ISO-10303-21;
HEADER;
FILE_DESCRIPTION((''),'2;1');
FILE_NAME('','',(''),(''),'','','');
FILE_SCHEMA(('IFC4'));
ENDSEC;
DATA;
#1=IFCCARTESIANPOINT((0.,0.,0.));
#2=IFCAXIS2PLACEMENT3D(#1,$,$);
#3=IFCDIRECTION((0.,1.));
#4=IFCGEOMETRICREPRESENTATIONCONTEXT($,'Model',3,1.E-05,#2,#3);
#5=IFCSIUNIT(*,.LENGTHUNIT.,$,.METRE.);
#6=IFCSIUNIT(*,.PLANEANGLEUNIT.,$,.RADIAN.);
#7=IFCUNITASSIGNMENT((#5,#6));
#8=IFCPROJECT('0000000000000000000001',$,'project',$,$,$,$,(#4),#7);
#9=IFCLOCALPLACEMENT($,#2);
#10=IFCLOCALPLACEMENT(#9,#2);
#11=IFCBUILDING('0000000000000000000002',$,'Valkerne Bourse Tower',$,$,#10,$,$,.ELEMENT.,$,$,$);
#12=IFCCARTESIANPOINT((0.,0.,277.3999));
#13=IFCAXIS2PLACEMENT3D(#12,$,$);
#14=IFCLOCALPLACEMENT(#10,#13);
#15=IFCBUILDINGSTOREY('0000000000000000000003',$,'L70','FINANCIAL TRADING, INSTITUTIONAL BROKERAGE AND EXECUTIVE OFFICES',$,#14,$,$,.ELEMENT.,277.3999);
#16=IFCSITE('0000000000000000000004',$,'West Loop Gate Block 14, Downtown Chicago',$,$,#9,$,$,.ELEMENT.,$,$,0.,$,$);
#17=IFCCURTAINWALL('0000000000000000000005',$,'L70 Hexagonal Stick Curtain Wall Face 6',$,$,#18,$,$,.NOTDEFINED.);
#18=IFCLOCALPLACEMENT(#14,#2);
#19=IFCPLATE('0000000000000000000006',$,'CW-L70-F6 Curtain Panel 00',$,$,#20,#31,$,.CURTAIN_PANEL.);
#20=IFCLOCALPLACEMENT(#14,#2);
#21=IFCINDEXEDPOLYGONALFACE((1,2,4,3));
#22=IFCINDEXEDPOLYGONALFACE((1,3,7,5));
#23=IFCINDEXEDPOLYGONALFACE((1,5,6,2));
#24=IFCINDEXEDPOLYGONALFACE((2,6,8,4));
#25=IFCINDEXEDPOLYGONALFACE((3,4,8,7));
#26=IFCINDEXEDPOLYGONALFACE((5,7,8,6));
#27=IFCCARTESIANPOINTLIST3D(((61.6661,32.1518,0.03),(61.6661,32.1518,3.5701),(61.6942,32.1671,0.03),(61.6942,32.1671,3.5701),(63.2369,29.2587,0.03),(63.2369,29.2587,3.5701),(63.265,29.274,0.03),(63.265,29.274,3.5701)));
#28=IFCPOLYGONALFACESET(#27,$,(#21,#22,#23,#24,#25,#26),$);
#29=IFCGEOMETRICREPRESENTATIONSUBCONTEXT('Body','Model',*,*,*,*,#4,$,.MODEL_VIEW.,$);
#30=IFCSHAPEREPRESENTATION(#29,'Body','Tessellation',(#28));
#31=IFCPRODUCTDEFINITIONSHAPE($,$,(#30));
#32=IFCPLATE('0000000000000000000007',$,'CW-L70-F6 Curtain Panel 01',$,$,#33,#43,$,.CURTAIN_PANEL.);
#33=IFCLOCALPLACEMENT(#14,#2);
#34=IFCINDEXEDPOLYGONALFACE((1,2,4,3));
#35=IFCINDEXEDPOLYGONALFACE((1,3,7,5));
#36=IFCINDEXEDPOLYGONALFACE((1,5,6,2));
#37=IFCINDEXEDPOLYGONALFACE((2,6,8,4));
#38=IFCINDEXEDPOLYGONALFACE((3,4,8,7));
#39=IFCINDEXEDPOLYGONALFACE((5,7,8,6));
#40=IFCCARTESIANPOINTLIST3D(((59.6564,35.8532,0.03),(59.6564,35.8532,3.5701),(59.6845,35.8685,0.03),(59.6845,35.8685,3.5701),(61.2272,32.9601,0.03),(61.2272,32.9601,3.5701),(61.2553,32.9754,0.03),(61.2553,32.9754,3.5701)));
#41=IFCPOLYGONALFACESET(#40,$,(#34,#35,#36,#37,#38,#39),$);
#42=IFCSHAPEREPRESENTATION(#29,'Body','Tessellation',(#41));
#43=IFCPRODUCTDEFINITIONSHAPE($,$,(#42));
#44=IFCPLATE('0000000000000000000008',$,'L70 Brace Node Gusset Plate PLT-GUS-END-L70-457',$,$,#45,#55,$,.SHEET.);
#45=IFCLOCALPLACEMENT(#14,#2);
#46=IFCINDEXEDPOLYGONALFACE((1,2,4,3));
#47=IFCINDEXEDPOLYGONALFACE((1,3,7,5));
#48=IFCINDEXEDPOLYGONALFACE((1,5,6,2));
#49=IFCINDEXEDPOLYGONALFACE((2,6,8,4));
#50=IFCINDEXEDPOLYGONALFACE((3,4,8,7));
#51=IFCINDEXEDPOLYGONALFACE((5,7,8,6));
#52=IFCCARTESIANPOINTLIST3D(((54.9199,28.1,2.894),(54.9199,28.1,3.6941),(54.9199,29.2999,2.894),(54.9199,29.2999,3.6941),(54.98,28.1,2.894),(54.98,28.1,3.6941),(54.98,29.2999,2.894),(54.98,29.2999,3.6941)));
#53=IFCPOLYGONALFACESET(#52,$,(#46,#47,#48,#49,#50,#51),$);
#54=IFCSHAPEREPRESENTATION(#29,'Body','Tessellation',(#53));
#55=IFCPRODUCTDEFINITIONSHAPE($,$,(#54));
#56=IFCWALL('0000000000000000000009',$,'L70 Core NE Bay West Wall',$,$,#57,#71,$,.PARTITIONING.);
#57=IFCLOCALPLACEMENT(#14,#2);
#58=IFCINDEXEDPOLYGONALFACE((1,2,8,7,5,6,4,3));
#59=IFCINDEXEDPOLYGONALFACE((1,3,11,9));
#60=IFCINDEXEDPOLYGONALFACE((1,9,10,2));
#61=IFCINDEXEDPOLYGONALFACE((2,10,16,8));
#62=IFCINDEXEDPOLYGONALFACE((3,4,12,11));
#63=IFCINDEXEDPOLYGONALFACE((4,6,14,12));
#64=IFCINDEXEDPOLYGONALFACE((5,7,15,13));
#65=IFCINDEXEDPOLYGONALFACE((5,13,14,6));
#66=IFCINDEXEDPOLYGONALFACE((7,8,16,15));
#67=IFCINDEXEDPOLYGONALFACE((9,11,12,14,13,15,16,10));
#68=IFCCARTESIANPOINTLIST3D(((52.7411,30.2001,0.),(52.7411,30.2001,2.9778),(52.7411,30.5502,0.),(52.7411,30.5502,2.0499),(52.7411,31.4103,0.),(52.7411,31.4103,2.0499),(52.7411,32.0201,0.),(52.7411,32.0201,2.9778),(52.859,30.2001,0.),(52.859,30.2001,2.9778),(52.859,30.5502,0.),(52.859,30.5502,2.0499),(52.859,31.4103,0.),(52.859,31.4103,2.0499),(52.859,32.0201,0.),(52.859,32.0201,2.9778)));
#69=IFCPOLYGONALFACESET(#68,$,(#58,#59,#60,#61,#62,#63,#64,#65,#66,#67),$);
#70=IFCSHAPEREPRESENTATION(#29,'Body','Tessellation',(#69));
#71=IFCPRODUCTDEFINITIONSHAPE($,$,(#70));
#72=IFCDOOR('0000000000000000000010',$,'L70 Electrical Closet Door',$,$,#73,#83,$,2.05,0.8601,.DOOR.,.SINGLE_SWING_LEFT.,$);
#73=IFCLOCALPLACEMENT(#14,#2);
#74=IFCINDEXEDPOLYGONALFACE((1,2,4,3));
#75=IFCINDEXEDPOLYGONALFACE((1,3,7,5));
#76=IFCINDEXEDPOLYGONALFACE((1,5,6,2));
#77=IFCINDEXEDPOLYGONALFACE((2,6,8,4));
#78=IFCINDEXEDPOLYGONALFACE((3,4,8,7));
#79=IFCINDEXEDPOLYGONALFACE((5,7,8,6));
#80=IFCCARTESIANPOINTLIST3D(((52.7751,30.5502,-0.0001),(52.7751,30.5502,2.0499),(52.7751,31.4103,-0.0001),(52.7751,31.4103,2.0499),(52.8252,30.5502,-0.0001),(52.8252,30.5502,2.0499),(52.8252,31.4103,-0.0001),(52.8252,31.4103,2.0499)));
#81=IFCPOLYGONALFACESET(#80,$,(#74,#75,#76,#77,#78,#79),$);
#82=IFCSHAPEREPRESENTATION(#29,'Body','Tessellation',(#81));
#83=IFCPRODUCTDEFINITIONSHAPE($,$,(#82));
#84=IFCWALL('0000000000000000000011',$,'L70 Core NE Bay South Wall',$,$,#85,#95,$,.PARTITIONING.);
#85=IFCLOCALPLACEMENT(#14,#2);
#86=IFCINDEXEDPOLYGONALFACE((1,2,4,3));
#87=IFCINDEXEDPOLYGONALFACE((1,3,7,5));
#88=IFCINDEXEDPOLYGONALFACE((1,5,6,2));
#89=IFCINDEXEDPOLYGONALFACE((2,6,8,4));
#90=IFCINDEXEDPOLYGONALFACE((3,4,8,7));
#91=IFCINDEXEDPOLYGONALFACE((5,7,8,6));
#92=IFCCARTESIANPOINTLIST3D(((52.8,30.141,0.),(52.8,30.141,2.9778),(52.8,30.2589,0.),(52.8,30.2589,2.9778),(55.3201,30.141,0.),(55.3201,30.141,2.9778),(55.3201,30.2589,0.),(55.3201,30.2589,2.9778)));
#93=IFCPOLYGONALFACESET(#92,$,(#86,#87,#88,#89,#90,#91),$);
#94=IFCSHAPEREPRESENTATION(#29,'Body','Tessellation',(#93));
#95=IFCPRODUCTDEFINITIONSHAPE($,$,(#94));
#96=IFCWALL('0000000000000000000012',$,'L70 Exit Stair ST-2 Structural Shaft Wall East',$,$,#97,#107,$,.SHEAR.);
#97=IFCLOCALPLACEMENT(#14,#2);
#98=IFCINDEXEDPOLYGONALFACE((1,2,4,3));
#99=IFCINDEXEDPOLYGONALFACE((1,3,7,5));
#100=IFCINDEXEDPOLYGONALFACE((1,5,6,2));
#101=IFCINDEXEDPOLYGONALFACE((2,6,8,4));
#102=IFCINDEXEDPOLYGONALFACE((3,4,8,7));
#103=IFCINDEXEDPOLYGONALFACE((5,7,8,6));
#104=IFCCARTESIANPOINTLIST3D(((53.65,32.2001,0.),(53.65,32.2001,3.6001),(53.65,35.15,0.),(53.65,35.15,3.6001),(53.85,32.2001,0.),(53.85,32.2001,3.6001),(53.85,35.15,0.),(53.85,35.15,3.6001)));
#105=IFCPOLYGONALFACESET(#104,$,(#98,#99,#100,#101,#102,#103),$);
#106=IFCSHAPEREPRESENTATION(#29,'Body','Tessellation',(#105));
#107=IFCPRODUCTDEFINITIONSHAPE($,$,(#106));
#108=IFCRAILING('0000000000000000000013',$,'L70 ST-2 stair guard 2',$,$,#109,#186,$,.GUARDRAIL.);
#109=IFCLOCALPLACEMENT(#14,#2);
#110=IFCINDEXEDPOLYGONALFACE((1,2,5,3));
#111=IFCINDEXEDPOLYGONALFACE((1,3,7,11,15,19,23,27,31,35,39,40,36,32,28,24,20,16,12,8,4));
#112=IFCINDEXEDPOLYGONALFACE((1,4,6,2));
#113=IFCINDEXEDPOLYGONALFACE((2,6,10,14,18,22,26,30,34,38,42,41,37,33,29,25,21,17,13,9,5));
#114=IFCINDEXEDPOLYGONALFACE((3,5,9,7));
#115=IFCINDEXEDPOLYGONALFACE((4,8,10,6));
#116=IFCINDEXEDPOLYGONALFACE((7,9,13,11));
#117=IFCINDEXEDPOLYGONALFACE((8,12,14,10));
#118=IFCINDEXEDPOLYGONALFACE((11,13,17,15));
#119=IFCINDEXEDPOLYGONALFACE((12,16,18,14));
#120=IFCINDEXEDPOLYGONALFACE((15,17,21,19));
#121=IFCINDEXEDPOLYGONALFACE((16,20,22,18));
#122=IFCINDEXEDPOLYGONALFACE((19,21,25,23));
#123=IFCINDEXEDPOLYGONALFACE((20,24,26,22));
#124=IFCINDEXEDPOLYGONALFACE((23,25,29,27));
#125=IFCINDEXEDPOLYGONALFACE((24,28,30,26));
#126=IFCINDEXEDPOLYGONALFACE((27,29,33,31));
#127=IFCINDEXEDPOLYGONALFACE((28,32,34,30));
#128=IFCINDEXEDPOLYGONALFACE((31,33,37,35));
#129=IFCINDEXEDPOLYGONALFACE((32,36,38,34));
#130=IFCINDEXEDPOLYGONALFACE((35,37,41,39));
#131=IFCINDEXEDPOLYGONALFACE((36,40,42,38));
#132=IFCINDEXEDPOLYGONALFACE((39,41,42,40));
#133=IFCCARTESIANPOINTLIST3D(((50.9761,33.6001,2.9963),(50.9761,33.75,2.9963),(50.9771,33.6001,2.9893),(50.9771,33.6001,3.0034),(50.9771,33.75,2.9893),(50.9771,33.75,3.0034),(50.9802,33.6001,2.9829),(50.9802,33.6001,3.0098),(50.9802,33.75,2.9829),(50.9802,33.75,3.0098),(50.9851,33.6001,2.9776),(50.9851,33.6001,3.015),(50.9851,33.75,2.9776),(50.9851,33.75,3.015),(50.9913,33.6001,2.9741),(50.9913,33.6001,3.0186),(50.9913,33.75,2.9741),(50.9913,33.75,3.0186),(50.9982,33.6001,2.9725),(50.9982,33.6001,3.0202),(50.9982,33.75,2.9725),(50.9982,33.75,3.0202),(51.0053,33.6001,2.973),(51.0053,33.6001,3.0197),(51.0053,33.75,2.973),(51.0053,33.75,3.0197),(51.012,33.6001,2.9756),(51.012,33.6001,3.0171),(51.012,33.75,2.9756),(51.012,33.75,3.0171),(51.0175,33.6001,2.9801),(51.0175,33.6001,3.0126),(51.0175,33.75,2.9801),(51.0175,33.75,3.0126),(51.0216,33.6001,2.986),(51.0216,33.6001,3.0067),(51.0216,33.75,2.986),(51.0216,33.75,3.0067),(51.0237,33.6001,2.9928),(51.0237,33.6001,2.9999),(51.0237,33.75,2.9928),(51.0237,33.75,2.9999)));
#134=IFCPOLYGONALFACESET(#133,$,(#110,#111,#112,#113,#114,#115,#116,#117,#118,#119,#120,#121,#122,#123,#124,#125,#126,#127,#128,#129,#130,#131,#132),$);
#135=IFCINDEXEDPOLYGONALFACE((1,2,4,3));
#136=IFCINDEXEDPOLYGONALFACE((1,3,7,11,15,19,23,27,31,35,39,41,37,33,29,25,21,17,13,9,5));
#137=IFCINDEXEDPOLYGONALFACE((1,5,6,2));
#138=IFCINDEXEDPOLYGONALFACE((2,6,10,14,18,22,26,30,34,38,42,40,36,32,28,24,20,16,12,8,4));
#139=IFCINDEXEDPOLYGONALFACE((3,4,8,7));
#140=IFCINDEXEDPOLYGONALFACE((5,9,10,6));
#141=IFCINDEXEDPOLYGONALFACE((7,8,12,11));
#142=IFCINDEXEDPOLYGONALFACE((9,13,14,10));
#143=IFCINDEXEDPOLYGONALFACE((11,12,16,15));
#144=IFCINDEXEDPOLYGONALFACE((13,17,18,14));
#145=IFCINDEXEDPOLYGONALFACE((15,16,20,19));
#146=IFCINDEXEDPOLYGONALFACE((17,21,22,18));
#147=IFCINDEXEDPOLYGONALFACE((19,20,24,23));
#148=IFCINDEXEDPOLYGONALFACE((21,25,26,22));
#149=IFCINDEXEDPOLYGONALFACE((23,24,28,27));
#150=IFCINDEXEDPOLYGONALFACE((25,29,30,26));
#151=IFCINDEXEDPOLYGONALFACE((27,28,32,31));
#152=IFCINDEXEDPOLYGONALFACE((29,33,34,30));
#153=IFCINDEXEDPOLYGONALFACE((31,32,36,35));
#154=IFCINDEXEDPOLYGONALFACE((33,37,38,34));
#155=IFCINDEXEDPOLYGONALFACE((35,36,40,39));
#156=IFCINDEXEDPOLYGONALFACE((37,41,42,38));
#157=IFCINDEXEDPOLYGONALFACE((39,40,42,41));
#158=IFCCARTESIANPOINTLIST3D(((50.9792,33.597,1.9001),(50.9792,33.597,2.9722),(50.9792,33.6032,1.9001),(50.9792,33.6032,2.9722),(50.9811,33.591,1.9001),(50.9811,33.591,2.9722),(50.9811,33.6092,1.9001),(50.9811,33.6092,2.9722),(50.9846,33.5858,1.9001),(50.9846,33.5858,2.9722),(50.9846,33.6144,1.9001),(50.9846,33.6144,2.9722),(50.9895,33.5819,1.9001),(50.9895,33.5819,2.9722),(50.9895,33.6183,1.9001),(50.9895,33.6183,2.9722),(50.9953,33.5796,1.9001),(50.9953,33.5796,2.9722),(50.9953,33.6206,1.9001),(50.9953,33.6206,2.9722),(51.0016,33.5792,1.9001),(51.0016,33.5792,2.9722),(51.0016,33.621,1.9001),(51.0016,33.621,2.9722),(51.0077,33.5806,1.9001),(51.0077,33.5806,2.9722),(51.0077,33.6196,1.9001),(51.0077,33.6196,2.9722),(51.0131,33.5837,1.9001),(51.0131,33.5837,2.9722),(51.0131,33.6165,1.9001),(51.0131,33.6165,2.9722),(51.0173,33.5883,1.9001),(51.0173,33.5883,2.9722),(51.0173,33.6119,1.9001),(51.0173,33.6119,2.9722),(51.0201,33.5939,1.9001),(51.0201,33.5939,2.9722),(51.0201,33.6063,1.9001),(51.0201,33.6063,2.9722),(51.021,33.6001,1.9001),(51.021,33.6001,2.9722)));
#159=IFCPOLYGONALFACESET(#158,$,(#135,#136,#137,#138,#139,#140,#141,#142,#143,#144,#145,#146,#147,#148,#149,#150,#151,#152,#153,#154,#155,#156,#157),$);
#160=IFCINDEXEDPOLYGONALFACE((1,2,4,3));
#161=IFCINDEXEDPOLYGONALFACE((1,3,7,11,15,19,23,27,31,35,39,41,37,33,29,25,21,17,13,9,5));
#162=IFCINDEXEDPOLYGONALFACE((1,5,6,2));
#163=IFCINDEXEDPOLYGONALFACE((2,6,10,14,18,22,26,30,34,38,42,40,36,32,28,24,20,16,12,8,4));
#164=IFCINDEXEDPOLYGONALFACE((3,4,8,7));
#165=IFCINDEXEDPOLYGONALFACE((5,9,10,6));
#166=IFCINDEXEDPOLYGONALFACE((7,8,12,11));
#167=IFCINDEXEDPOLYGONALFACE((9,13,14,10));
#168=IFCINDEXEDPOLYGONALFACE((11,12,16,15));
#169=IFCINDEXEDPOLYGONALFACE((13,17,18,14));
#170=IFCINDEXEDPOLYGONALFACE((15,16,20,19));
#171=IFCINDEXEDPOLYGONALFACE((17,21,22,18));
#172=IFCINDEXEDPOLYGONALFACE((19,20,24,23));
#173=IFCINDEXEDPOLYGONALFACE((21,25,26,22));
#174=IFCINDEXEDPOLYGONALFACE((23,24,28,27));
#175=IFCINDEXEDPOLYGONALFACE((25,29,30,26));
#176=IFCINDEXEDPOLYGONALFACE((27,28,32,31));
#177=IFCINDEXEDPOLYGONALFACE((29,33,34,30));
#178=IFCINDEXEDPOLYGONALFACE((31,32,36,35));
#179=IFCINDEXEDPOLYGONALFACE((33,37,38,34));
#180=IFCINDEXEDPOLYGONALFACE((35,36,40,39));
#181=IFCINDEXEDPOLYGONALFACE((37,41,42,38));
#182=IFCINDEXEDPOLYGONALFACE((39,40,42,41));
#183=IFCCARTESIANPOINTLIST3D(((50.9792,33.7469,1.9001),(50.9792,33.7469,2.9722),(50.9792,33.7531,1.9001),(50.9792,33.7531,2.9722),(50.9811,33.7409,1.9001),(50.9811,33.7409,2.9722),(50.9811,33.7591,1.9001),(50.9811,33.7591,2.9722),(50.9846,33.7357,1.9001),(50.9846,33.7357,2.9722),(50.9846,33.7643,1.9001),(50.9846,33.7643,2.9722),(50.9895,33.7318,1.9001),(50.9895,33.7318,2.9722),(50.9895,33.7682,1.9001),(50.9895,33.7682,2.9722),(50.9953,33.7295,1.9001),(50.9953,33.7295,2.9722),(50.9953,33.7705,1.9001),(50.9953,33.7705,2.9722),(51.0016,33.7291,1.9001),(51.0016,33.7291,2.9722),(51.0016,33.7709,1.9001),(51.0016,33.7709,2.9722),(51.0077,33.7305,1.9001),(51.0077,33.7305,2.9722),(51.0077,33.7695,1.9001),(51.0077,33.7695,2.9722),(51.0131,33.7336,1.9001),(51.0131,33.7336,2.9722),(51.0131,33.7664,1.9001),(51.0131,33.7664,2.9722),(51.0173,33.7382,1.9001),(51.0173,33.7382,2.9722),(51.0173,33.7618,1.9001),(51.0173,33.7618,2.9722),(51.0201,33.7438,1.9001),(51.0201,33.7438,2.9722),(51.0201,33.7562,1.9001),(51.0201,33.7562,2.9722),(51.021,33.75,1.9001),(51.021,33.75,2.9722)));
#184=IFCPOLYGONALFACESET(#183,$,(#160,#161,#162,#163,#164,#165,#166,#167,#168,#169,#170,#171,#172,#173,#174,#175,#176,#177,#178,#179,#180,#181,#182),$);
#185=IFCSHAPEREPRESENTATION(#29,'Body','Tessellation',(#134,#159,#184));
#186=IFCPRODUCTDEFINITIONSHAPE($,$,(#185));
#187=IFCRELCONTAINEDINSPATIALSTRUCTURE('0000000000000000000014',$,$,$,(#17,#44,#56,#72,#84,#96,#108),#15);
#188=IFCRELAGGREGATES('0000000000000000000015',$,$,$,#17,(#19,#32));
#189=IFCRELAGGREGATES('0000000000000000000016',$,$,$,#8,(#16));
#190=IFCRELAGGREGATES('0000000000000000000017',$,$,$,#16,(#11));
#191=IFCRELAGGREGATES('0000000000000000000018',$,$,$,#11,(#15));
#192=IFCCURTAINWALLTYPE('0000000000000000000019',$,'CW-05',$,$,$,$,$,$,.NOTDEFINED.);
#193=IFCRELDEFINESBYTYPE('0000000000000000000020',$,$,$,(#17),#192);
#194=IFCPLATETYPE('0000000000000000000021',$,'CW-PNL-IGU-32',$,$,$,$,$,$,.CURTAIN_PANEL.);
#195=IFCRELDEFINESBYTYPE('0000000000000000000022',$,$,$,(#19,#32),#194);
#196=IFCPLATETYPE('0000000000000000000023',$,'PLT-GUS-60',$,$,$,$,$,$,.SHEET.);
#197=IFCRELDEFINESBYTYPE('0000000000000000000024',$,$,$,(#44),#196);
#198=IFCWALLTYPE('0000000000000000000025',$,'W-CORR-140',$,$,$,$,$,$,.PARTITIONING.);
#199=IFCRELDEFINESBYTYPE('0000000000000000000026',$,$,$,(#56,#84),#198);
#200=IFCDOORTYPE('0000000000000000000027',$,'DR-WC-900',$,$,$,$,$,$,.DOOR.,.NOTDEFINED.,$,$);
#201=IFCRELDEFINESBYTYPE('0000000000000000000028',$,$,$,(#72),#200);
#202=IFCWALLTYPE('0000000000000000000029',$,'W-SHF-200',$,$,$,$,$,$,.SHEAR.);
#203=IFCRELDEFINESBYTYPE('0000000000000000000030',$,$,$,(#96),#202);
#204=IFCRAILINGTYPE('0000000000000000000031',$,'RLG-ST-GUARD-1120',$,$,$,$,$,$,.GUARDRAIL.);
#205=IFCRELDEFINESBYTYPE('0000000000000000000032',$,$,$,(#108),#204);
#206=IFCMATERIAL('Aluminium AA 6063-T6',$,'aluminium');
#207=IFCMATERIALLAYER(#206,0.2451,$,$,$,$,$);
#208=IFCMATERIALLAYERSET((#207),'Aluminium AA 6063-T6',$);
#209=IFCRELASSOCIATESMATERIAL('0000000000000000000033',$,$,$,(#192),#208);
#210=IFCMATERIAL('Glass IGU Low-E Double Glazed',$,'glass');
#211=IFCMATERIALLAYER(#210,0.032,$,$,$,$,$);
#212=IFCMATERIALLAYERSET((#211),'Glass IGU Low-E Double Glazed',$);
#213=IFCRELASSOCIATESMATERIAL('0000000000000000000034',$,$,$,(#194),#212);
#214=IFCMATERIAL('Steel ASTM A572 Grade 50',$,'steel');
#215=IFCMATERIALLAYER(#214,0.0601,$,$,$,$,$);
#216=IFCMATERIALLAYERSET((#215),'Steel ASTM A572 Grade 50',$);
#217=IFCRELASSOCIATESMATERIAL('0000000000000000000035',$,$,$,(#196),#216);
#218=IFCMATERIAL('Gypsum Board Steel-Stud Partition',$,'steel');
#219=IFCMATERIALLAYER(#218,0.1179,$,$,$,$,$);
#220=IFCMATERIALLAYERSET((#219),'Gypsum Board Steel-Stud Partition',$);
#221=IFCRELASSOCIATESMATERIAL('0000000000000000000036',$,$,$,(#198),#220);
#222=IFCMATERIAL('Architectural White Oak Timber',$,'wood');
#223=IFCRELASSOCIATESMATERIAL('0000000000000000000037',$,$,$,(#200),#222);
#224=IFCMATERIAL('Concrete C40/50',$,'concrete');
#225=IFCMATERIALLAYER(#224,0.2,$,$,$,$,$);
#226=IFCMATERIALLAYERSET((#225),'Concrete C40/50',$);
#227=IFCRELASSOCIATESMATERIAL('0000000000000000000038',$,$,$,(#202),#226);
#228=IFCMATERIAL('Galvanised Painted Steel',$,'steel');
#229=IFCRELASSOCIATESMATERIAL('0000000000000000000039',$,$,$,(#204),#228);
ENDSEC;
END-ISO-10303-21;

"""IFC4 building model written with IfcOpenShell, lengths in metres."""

from ifc_helpers import new_model, si_unit, direction, frame, frame_2d, origin, origin_2d, place, context, subcontext, project, spatial, rectangle, circle, extrude, material, layer, layer_set, type_object, element, fill, aggregate, save


model = new_model("IFC4")

# Units and contexts
model_context = context("Model", 3, precision=1e-05, world=origin(), true_north=direction((0.0, 1.0)))
body_context = subcontext(model_context, "Body", "Model", "MODEL_VIEW")
ifc_project = project(units=[si_unit("LENGTHUNIT", "METRE"), si_unit("PLANEANGLEUNIT", "RADIAN")], contexts=[model_context])

# Site, building, storey
site_placement = place(None, origin())
site = spatial("IfcSite", under=ifc_project, at=site_placement, Name="West Loop Gate Block 14, Downtown Chicago", CompositionType="ELEMENT", RefElevation=0.0)
building_placement = place(site_placement, origin())
building = spatial("IfcBuilding", under=site, at=building_placement, Name="Valkerne Bourse Tower", CompositionType="ELEMENT")
storey_placement = place(building_placement, frame((0.0, 0.0, 277.3999)))
storey = spatial("IfcBuildingStorey", under=building, at=storey_placement, Name="L70", Description="FINANCIAL TRADING, INSTITUTIONAL BROKERAGE AND EXECUTIVE OFFICES", CompositionType="ELEMENT", Elevation=277.3999)

# Curtain wall, plates
ifc_material_1 = material(Name="Aluminium AA 6063-T6", Category="aluminium")
ifc_layer_1 = layer(ifc_material_1, 0.2451)
ifc_layer_set_1 = layer_set([ifc_layer_1], Name="Aluminium AA 6063-T6")
curtain_wall_type = type_object("IfcCurtainWallType", Name="CW-05", PredefinedType="NOTDEFINED", material=ifc_layer_set_1)
curtain_wall_placement = place(storey_placement, origin())
curtain_wall = element("IfcCurtainWall", 1, at=curtain_wall_placement, inside=storey, type_object=curtain_wall_type, Name="L70 Hexagonal Stick Curtain Wall Face 6", PredefinedType="NOTDEFINED")
ifc_material_2 = material(Name="Glass IGU Low-E Double Glazed", Category="glass")
ifc_layer_2 = layer(ifc_material_2, 0.032)
ifc_layer_set_2 = layer_set([ifc_layer_2], Name="Glass IGU Low-E Double Glazed")
plate_type_1 = type_object("IfcPlateType", Name="CW-PNL-IGU-32", PredefinedType="CURTAIN_PANEL", material=ifc_layer_set_2)
plate_1_placement = place(storey_placement, frame((62.4656, 30.7129, 0.03), z_axis=(0.0, 0.0, 1.0), x_axis=(-0.477158, 0.878818, 0.0)))
plate_1 = element("IfcPlate", 2, at=plate_1_placement, type_object=plate_type_1, Name="CW-L70-F6 Curtain Panel 00", PredefinedType="CURTAIN_PANEL", context=body_context, shape_type="SweptSolid", body=[
    extrude(rectangle(XDim=3.292, YDim=0.032, at=origin_2d()), origin(), (0.0, 0.0, 1.0), 3.54),
])
plate_2_placement = place(storey_placement, frame((60.4558, 34.4143, 0.03), z_axis=(0.0, 0.0, 1.0), x_axis=(-0.477158, 0.878818, 0.0)))
plate_2 = element("IfcPlate", 3, at=plate_2_placement, type_object=plate_type_1, Name="CW-L70-F6 Curtain Panel 01", PredefinedType="CURTAIN_PANEL", context=body_context, shape_type="SweptSolid", body=[
    extrude(rectangle(XDim=3.292, YDim=0.032, at=origin_2d()), origin(), (0.0, 0.0, 1.0), 3.54),
])
aggregate(curtain_wall, [plate_1, plate_2])

# Plate
ifc_material_3 = material(Name="Steel ASTM A572 Grade 50", Category="steel")
ifc_layer_3 = layer(ifc_material_3, 0.0601)
ifc_layer_set_3 = layer_set([ifc_layer_3], Name="Steel ASTM A572 Grade 50")
plate_type_2 = type_object("IfcPlateType", Name="PLT-GUS-60", PredefinedType="SHEET", material=ifc_layer_set_3)
plate_3_placement = place(storey_placement, frame((54.95, 28.7, 2.894), z_axis=(0.0, 0.0, 1.0), x_axis=(0.0, 1.0, 0.0)))
element("IfcPlate", 4, at=plate_3_placement, inside=storey, type_object=plate_type_2, Name="L70 Brace Node Gusset Plate PLT-GUS-END-L70-457", PredefinedType="SHEET", context=body_context, shape_type="SweptSolid", body=[
    extrude(rectangle(XDim=1.2, YDim=0.0601, at=origin_2d()), origin(), (0.0, 0.0, 1.0), 0.8),
])

# Wall, opening, door
ifc_material_4 = material(Name="Gypsum Board Steel-Stud Partition", Category="steel")
ifc_layer_4 = layer(ifc_material_4, 0.1179)
ifc_layer_set_4 = layer_set([ifc_layer_4], Name="Gypsum Board Steel-Stud Partition")
wall_type_1 = type_object("IfcWallType", Name="W-CORR-140", PredefinedType="PARTITIONING", material=ifc_layer_set_4)
wall_1_placement = place(storey_placement, frame((52.8, 30.2, 0.0), z_axis=(0.0, 0.0, 1.0), x_axis=(0.0, 1.0, 0.0)))
wall_1 = element("IfcWall", 5, at=wall_1_placement, inside=storey, type_object=wall_type_1, Name="L70 Core NE Bay West Wall", PredefinedType="PARTITIONING", context=body_context, shape_type="SweptSolid", body=[
    extrude(rectangle(XDim=1.8201, YDim=0.1179, at=frame_2d((0.9102, 0.0))), origin(), (0.0, 0.0, 1.0), 2.9778),
])
opening_placement = place(wall_1_placement, frame((0.3501, 0.0, 0.0)))
opening = element("IfcOpeningElement", 6, at=opening_placement, cuts=wall_1, PredefinedType="OPENING", context=body_context, shape_type="SweptSolid", body=[
    extrude(rectangle(XDim=0.8601, YDim=2.05, at=frame_2d((0.4302, 1.0249))), frame((0.0, 0.0688, 0.0), z_axis=(0.0, -1.0, 0.0), x_axis=(1.0, 0.0, 0.0)), (0.0, 0.0, 1.0), 0.1379),
])
ifc_material_5 = material(Name="Architectural White Oak Timber", Category="wood")
door_type = type_object("IfcDoorType", Name="DR-WC-900", OperationType="NOTDEFINED", PredefinedType="DOOR", material=ifc_material_5)
door_placement = place(opening_placement, origin())
door = element("IfcDoor", 7, at=door_placement, inside=storey, type_object=door_type, Name="L70 Electrical Closet Door", OperationType="SINGLE_SWING_LEFT", OverallHeight=2.05, OverallWidth=0.8601, PredefinedType="DOOR", context=body_context, shape_type="SweptSolid", body=[
    extrude(rectangle(XDim=0.8601, YDim=2.05, at=frame_2d((0.4302, 1.0249))), frame((0.0, 0.0249, 0.0), z_axis=(0.0, -1.0, 0.0), x_axis=(1.0, 0.0, 0.0)), (0.0, 0.0, 1.0), 0.05),
])
fill(opening, door)

# Walls
wall_2_placement = place(storey_placement, frame((52.8, 30.2, 0.0), z_axis=(0.0, 0.0, 1.0), x_axis=(1.0, 0.0, 0.0)))
element("IfcWall", 8, at=wall_2_placement, inside=storey, type_object=wall_type_1, Name="L70 Core NE Bay South Wall", PredefinedType="PARTITIONING", context=body_context, shape_type="SweptSolid", body=[
    extrude(rectangle(XDim=2.52, YDim=0.1179, at=frame_2d((1.26, 0.0))), origin(), (0.0, 0.0, 1.0), 2.9778),
])
ifc_material_6 = material(Name="Concrete C40/50", Category="concrete")
ifc_layer_5 = layer(ifc_material_6, 0.2)
ifc_layer_set_5 = layer_set([ifc_layer_5], Name="Concrete C40/50")
wall_type_2 = type_object("IfcWallType", Name="W-SHF-200", PredefinedType="SHEAR", material=ifc_layer_set_5)
wall_3_placement = place(storey_placement, frame((53.75, 32.2, 0.0), z_axis=(0.0, 0.0, 1.0), x_axis=(0.0, 1.0, 0.0)))
element("IfcWall", 9, at=wall_3_placement, inside=storey, type_object=wall_type_2, Name="L70 Exit Stair ST-2 Structural Shaft Wall East", PredefinedType="SHEAR", context=body_context, shape_type="SweptSolid", body=[
    extrude(rectangle(XDim=2.95, YDim=0.2, at=frame_2d((1.4751, 0.0))), origin(), (0.0, 0.0, 1.0), 3.6001),
])

# Railing
ifc_material_7 = material(Name="Galvanised Painted Steel", Category="steel")
railing_type = type_object("IfcRailingType", Name="RLG-ST-GUARD-1120", PredefinedType="GUARDRAIL", material=ifc_material_7)
railing_1_placement = place(storey_placement, frame((51.0, 33.6001, 1.9001)))
element("IfcRailing", 10, at=railing_1_placement, inside=storey, type_object=railing_type, Name="L70 ST-2 stair guard 2", PredefinedType="GUARDRAIL", context=body_context, shape_type="SweptSolid", body=[
    extrude(circle(Radius=0.0239, at=origin_2d()), frame((0.0, 0.0, 1.0962), z_axis=(0.0, 1.0, 0.0), x_axis=(-1.0, 0.0, 0.0)), (0.0, 0.0, 1.0), 0.1499),
    extrude(circle(Radius=0.021, at=origin_2d()), origin(), (0.0, 0.0, 1.0), 1.072),
    extrude(circle(Radius=0.021, at=origin_2d()), frame((0.0, 0.1499, 0.0)), (0.0, 0.0, 1.0), 1.072),
])

save(model, "model.ifc")
